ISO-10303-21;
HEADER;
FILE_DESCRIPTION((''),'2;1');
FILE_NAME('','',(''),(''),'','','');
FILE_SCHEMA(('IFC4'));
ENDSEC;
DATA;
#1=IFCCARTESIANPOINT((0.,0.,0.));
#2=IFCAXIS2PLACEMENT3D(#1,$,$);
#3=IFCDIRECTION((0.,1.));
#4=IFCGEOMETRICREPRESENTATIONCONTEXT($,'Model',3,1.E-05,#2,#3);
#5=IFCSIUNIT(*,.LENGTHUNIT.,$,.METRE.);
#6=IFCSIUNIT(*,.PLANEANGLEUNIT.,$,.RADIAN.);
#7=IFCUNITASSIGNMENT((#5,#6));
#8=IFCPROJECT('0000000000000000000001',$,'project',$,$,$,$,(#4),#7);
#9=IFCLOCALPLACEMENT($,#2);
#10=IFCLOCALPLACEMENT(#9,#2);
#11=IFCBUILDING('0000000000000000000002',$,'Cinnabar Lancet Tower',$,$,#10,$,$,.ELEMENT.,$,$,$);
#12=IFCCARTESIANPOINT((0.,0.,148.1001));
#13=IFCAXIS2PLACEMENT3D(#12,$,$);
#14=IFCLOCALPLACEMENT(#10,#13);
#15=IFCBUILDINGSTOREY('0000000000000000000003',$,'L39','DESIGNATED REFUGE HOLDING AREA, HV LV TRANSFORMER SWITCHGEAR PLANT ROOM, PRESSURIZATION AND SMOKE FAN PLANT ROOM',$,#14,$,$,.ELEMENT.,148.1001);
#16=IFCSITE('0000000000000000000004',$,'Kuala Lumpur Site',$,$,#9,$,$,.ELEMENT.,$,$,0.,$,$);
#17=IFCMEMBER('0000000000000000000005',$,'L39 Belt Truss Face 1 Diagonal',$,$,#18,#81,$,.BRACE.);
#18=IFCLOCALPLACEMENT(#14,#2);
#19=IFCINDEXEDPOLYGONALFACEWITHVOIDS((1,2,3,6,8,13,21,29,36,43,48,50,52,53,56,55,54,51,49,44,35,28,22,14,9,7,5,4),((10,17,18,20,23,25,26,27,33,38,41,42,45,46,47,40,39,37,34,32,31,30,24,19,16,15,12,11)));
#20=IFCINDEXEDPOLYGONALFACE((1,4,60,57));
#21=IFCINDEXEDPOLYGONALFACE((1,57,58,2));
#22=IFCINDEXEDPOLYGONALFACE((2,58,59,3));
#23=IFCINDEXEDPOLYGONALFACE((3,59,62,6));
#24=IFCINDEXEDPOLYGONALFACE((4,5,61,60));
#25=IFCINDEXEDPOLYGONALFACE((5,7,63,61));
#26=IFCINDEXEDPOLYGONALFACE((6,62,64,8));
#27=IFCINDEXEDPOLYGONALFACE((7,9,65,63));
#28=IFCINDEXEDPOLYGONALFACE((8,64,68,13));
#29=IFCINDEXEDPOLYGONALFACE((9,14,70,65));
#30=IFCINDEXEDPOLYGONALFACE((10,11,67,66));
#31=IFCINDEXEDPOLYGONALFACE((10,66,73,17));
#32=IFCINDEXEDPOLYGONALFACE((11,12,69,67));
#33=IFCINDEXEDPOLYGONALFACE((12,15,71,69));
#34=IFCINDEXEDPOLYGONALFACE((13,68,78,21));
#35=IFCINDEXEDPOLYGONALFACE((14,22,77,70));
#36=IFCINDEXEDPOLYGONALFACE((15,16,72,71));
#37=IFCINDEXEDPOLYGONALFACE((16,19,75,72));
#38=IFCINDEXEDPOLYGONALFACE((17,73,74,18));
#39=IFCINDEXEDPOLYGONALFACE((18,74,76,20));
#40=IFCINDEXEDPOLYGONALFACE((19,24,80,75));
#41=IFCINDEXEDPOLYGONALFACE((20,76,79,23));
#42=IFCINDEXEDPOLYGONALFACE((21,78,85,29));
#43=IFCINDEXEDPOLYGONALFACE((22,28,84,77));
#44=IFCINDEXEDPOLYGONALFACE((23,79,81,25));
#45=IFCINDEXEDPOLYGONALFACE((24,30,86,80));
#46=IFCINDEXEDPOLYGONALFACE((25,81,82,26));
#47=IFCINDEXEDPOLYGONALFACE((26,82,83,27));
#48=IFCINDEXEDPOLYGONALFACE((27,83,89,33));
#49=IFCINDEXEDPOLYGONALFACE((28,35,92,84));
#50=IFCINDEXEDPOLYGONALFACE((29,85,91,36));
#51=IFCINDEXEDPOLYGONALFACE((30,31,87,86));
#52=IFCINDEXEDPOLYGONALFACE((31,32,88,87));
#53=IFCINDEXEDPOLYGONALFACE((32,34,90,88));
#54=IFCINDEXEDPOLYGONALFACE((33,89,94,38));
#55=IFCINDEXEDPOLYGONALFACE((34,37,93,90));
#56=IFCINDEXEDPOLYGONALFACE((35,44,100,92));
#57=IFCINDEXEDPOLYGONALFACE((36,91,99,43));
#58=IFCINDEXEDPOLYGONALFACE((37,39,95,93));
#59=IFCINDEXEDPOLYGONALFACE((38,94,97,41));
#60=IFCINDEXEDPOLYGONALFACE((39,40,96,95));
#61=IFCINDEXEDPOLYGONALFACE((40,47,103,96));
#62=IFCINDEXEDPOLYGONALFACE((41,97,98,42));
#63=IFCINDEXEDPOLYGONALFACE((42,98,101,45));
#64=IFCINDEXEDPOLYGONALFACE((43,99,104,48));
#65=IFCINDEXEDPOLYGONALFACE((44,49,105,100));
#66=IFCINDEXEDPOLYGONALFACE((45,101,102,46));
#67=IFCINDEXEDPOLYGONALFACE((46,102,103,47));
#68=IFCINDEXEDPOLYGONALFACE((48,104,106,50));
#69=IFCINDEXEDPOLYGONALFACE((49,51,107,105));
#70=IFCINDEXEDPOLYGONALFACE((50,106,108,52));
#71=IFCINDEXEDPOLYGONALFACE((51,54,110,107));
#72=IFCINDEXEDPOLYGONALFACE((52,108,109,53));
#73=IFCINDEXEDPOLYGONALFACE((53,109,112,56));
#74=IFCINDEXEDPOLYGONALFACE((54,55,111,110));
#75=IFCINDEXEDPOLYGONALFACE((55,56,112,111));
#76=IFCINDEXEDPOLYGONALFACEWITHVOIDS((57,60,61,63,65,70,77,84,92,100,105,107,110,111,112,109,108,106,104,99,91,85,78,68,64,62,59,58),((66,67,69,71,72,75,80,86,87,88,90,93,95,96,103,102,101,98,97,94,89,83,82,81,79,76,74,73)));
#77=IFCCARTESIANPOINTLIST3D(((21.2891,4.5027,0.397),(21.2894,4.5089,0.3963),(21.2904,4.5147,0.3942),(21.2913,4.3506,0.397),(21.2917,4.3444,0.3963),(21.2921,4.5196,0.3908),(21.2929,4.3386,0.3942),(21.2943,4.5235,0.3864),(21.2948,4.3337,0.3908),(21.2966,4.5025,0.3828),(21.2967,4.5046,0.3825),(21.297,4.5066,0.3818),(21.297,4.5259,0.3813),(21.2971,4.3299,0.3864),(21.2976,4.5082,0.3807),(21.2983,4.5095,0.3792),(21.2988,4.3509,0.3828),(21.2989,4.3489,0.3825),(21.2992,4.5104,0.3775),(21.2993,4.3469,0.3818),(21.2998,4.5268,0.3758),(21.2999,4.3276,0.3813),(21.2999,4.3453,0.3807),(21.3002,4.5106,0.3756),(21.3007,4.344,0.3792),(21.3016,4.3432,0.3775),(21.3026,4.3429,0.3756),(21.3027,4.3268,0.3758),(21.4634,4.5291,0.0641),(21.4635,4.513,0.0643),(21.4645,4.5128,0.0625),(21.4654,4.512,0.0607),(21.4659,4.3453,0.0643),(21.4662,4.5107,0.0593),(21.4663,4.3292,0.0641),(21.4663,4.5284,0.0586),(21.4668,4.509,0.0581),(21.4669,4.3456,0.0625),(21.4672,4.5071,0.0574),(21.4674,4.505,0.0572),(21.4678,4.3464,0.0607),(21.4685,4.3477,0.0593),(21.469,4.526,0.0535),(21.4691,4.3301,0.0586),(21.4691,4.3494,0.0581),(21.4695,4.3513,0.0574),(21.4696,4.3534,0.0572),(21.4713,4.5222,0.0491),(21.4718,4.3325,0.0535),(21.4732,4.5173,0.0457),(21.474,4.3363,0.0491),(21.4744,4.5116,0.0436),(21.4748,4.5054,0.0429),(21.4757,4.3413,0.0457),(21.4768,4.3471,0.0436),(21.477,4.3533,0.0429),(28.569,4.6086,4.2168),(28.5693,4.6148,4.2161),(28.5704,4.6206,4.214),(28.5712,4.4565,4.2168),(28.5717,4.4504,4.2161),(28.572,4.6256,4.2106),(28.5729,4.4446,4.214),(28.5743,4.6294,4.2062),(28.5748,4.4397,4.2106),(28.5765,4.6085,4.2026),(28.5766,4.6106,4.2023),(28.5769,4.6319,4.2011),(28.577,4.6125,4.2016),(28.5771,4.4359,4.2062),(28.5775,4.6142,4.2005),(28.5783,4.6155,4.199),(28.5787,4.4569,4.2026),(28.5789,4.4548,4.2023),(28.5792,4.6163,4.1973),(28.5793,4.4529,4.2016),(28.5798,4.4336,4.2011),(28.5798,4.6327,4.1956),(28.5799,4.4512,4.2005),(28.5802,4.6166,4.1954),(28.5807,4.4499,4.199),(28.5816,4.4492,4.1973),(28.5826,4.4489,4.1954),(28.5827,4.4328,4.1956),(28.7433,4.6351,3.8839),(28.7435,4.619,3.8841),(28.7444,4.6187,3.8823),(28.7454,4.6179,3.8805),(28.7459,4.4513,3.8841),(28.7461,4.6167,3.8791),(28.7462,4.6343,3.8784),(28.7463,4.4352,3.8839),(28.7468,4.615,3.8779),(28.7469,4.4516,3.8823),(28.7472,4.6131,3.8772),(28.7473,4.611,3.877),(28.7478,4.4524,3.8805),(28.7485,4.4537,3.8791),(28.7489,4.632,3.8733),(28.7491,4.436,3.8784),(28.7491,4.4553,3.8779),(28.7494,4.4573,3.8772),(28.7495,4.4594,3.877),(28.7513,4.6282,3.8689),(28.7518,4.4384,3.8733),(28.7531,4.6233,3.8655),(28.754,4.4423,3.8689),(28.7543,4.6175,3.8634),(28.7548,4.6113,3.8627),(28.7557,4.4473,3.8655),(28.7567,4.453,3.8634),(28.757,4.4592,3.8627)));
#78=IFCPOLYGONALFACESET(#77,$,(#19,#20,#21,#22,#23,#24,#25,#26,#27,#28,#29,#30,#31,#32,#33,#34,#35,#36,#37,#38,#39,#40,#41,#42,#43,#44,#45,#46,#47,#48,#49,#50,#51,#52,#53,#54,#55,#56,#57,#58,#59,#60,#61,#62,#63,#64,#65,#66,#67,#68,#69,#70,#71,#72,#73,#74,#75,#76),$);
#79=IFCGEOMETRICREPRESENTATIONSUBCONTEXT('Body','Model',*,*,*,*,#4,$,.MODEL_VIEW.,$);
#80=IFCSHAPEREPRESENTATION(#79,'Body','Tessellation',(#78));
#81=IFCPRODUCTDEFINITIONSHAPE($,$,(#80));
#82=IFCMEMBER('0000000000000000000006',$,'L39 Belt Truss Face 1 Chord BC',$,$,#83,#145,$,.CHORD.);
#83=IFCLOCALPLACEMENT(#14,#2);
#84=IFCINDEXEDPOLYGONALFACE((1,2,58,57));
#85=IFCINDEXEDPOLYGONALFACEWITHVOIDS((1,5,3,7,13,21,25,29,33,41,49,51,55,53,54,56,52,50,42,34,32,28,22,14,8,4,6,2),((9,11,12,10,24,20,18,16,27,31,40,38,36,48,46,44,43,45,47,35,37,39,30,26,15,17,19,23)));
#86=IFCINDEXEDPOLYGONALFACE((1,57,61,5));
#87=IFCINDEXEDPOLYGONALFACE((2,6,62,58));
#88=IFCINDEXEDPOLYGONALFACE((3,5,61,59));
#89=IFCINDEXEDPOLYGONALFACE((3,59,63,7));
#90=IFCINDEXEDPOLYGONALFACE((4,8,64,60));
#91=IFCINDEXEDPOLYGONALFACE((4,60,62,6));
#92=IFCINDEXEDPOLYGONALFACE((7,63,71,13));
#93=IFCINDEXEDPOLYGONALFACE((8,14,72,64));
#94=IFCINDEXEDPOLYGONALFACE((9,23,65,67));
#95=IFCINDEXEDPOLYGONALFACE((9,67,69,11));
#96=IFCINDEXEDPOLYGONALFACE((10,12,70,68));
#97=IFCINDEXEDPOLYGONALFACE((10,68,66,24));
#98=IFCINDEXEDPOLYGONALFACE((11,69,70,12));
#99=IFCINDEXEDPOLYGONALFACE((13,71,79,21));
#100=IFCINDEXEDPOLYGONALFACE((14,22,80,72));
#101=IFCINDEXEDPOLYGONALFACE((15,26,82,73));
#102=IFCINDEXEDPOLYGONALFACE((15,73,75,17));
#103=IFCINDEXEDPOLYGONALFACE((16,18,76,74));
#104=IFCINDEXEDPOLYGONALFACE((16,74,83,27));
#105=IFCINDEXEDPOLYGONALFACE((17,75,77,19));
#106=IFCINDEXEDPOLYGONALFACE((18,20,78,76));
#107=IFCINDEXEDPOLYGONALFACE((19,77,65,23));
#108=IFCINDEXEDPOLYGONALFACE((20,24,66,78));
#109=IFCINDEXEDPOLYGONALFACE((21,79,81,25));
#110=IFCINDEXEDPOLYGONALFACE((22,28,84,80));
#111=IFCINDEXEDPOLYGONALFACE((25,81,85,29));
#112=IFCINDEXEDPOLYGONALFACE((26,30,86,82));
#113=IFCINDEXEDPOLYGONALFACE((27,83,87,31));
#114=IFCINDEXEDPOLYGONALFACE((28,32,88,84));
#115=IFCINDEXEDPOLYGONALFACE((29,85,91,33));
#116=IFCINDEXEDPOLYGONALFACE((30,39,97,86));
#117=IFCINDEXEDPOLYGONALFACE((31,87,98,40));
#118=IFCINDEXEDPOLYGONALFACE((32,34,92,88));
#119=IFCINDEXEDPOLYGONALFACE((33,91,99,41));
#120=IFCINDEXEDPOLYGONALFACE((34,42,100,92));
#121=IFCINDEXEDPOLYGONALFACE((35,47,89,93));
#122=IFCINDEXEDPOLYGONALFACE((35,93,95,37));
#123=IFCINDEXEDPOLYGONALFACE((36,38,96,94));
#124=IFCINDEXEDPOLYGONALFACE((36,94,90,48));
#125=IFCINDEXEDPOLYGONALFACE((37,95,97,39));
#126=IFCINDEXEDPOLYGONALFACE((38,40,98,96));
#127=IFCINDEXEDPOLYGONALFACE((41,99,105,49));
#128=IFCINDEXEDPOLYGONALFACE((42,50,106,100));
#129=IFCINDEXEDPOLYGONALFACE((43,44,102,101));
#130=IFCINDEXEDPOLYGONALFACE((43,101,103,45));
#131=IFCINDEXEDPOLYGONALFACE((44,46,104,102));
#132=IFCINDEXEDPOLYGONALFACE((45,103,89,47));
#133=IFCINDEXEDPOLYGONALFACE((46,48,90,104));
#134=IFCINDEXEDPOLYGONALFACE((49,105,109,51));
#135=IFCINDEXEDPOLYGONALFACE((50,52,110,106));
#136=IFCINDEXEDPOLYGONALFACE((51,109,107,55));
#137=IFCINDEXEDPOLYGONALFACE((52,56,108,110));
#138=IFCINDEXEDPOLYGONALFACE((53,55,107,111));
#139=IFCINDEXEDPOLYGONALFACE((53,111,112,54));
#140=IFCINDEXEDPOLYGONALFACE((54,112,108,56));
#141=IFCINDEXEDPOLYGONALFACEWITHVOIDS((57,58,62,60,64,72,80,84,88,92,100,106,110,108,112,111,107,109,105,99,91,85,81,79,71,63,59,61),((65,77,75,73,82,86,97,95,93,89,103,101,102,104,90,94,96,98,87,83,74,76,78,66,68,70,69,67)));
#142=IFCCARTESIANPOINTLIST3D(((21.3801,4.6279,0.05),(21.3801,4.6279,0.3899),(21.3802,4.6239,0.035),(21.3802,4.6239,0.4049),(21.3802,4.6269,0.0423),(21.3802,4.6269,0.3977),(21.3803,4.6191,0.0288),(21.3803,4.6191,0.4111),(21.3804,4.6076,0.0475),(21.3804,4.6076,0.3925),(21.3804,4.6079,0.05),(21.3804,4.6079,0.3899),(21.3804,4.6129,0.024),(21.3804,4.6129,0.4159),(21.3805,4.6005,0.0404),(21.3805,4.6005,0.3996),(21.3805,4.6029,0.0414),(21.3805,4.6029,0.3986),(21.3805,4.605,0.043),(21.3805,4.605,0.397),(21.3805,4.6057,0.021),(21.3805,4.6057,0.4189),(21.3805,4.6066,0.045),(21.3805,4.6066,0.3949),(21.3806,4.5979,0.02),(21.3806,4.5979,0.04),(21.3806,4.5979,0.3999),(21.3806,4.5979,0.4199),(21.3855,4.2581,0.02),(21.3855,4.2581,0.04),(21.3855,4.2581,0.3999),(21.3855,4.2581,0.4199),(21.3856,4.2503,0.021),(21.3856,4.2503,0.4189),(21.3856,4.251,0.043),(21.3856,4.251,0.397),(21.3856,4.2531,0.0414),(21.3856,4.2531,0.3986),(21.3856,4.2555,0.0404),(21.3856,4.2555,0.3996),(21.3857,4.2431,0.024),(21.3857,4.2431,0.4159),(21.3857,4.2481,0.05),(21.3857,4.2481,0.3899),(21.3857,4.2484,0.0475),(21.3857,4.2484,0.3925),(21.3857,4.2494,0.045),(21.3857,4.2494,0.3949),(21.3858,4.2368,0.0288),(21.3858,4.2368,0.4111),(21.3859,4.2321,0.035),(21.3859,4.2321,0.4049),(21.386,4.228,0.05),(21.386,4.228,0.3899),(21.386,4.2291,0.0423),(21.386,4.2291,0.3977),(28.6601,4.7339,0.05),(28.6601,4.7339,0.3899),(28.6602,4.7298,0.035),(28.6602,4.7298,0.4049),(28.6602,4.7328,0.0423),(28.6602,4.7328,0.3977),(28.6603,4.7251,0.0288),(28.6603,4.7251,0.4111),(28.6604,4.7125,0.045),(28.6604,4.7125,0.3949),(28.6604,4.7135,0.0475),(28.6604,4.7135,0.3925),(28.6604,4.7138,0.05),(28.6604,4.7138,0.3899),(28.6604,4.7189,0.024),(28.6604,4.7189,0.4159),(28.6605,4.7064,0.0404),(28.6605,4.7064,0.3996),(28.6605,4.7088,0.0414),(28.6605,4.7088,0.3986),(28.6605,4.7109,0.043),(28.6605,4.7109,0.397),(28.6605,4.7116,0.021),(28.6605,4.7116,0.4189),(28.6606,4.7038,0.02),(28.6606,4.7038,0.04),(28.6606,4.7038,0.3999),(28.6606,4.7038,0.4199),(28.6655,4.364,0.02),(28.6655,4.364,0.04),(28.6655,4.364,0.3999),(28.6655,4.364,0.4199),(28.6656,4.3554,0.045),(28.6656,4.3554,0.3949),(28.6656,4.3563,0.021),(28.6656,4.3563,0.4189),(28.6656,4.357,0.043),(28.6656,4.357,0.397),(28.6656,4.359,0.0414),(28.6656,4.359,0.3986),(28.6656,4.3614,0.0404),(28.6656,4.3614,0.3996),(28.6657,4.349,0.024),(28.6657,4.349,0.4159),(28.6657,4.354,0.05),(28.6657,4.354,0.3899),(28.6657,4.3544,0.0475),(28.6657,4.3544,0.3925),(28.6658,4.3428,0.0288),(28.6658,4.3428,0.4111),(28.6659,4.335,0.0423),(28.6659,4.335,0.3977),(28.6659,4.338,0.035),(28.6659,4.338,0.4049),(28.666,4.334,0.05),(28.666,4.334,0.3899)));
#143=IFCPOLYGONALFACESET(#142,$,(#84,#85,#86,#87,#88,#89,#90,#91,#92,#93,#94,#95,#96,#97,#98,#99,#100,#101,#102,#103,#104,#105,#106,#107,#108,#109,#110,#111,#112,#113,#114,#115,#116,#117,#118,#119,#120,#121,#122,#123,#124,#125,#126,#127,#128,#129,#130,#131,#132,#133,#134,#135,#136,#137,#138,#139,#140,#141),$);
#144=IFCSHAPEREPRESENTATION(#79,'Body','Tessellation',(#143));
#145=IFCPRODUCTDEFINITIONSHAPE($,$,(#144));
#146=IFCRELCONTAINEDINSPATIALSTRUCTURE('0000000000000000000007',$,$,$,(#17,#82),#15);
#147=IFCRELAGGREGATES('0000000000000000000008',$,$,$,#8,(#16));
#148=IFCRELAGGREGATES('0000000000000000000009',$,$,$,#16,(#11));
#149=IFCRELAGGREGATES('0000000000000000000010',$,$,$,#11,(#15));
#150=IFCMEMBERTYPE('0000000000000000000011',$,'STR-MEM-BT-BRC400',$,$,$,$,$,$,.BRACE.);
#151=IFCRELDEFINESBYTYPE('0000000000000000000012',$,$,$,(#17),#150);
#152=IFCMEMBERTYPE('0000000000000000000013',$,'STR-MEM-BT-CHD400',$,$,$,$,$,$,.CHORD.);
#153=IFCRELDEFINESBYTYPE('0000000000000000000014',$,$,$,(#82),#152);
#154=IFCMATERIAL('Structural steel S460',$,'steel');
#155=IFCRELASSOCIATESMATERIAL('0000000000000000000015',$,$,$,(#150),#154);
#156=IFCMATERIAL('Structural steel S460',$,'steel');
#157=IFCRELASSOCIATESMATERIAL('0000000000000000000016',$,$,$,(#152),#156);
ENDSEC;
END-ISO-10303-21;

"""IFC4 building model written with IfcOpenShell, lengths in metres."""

from ifc_helpers import new_model, si_unit, direction, frame, origin, origin_2d, place, context, subcontext, project, spatial, hollow_rectangle, extrude, material, material_profile, profile_set, type_object, element, save


model = new_model("IFC4")

# Units and contexts
model_context = context("Model", 3, precision=1e-05, world=origin(), true_north=direction((0.0, 1.0)))
body_context = subcontext(model_context, "Body", "Model", "MODEL_VIEW")
ifc_project = project(units=[si_unit("LENGTHUNIT", "METRE"), si_unit("PLANEANGLEUNIT", "RADIAN")], contexts=[model_context])

# Site, building, storey
site_placement = place(None, origin())
site = spatial("IfcSite", under=ifc_project, at=site_placement, Name="Kuala Lumpur Site", CompositionType="ELEMENT", RefElevation=0.0)
building_placement = place(site_placement, origin())
building = spatial("IfcBuilding", under=site, at=building_placement, Name="Cinnabar Lancet Tower", CompositionType="ELEMENT")
storey_placement = place(building_placement, frame((0.0, 0.0, 148.1001)))
storey = spatial("IfcBuildingStorey", under=building, at=storey_placement, Name="L39", Description="DESIGNATED REFUGE HOLDING AREA, HV LV TRANSFORMER SWITCHGEAR PLANT ROOM, PRESSURIZATION AND SMOKE FAN PLANT ROOM", CompositionType="ELEMENT", Elevation=148.1001)

# Members
ifc_material_1 = material(Name="Structural steel S460", Category="steel")
ifc_material_profile_1 = material_profile(ifc_material_1, hollow_rectangle(XDim=0.2, YDim=0.3999, WallThickness=0.0161, InnerFilletRadius=0.0081, OuterFilletRadius=0.0239, at=origin_2d()), Name="RHS 400x200x16")
ifc_profile_set_1 = profile_set([ifc_material_profile_1], Name="Structural steel S460")
member_type_1 = type_object("IfcMemberType", Name="STR-MEM-BT-BRC400", PredefinedType="BRACE", material=ifc_profile_set_1)
member_1_placement = place(storey_placement, frame((21.3831, 4.428, 0.22), z_axis=(0.885434, 0.012887, 0.464586), x_axis=(-0.014553, 0.999894, 0.0)))
element("IfcMember", 1, at=member_1_placement, inside=storey, type_object=member_type_1, Name="L39 Belt Truss Face 1 Diagonal", PredefinedType="BRACE", context=body_context, shape_type="SweptSolid", body=[
    extrude(hollow_rectangle(XDim=0.2, YDim=0.3999, WallThickness=0.0161, InnerFilletRadius=0.0081, OuterFilletRadius=0.0239, at=origin_2d()), origin(), (0.0, 0.0, 1.0), 8.2219),
])
ifc_material_2 = material(Name="Structural steel S460", Category="steel")
ifc_material_profile_2 = material_profile(ifc_material_2, hollow_rectangle(XDim=0.3999, YDim=0.3999, WallThickness=0.02, InnerFilletRadius=0.01, OuterFilletRadius=0.03, at=origin_2d()), Name="SHS 400x400x20")
ifc_profile_set_2 = profile_set([ifc_material_profile_2], Name="Structural steel S460")
member_type_2 = type_object("IfcMemberType", Name="STR-MEM-BT-CHD400", PredefinedType="CHORD", material=ifc_profile_set_2)
for number, where, z_axis, x_axis, name in (
    (2, (21.3831, 4.428, 0.22), (0.999894, 0.014553, 0.0), (-0.014553, 0.999894, 0.0), "L39 Belt Truss Face 1 Chord BC"),
):
    element("IfcMember", number, at=place(storey_placement, frame(where, z_axis=z_axis, x_axis=x_axis)), inside=storey, type_object=member_type_2, Name=name, PredefinedType="CHORD", context=body_context, shape_type="SweptSolid", body=[
        extrude(hollow_rectangle(XDim=0.3999, YDim=0.3999, WallThickness=0.02, InnerFilletRadius=0.01, OuterFilletRadius=0.03, at=origin_2d()), origin(), (0.0, 0.0, 1.0), 7.2808),
    ])

save(model, "model.ifc")
